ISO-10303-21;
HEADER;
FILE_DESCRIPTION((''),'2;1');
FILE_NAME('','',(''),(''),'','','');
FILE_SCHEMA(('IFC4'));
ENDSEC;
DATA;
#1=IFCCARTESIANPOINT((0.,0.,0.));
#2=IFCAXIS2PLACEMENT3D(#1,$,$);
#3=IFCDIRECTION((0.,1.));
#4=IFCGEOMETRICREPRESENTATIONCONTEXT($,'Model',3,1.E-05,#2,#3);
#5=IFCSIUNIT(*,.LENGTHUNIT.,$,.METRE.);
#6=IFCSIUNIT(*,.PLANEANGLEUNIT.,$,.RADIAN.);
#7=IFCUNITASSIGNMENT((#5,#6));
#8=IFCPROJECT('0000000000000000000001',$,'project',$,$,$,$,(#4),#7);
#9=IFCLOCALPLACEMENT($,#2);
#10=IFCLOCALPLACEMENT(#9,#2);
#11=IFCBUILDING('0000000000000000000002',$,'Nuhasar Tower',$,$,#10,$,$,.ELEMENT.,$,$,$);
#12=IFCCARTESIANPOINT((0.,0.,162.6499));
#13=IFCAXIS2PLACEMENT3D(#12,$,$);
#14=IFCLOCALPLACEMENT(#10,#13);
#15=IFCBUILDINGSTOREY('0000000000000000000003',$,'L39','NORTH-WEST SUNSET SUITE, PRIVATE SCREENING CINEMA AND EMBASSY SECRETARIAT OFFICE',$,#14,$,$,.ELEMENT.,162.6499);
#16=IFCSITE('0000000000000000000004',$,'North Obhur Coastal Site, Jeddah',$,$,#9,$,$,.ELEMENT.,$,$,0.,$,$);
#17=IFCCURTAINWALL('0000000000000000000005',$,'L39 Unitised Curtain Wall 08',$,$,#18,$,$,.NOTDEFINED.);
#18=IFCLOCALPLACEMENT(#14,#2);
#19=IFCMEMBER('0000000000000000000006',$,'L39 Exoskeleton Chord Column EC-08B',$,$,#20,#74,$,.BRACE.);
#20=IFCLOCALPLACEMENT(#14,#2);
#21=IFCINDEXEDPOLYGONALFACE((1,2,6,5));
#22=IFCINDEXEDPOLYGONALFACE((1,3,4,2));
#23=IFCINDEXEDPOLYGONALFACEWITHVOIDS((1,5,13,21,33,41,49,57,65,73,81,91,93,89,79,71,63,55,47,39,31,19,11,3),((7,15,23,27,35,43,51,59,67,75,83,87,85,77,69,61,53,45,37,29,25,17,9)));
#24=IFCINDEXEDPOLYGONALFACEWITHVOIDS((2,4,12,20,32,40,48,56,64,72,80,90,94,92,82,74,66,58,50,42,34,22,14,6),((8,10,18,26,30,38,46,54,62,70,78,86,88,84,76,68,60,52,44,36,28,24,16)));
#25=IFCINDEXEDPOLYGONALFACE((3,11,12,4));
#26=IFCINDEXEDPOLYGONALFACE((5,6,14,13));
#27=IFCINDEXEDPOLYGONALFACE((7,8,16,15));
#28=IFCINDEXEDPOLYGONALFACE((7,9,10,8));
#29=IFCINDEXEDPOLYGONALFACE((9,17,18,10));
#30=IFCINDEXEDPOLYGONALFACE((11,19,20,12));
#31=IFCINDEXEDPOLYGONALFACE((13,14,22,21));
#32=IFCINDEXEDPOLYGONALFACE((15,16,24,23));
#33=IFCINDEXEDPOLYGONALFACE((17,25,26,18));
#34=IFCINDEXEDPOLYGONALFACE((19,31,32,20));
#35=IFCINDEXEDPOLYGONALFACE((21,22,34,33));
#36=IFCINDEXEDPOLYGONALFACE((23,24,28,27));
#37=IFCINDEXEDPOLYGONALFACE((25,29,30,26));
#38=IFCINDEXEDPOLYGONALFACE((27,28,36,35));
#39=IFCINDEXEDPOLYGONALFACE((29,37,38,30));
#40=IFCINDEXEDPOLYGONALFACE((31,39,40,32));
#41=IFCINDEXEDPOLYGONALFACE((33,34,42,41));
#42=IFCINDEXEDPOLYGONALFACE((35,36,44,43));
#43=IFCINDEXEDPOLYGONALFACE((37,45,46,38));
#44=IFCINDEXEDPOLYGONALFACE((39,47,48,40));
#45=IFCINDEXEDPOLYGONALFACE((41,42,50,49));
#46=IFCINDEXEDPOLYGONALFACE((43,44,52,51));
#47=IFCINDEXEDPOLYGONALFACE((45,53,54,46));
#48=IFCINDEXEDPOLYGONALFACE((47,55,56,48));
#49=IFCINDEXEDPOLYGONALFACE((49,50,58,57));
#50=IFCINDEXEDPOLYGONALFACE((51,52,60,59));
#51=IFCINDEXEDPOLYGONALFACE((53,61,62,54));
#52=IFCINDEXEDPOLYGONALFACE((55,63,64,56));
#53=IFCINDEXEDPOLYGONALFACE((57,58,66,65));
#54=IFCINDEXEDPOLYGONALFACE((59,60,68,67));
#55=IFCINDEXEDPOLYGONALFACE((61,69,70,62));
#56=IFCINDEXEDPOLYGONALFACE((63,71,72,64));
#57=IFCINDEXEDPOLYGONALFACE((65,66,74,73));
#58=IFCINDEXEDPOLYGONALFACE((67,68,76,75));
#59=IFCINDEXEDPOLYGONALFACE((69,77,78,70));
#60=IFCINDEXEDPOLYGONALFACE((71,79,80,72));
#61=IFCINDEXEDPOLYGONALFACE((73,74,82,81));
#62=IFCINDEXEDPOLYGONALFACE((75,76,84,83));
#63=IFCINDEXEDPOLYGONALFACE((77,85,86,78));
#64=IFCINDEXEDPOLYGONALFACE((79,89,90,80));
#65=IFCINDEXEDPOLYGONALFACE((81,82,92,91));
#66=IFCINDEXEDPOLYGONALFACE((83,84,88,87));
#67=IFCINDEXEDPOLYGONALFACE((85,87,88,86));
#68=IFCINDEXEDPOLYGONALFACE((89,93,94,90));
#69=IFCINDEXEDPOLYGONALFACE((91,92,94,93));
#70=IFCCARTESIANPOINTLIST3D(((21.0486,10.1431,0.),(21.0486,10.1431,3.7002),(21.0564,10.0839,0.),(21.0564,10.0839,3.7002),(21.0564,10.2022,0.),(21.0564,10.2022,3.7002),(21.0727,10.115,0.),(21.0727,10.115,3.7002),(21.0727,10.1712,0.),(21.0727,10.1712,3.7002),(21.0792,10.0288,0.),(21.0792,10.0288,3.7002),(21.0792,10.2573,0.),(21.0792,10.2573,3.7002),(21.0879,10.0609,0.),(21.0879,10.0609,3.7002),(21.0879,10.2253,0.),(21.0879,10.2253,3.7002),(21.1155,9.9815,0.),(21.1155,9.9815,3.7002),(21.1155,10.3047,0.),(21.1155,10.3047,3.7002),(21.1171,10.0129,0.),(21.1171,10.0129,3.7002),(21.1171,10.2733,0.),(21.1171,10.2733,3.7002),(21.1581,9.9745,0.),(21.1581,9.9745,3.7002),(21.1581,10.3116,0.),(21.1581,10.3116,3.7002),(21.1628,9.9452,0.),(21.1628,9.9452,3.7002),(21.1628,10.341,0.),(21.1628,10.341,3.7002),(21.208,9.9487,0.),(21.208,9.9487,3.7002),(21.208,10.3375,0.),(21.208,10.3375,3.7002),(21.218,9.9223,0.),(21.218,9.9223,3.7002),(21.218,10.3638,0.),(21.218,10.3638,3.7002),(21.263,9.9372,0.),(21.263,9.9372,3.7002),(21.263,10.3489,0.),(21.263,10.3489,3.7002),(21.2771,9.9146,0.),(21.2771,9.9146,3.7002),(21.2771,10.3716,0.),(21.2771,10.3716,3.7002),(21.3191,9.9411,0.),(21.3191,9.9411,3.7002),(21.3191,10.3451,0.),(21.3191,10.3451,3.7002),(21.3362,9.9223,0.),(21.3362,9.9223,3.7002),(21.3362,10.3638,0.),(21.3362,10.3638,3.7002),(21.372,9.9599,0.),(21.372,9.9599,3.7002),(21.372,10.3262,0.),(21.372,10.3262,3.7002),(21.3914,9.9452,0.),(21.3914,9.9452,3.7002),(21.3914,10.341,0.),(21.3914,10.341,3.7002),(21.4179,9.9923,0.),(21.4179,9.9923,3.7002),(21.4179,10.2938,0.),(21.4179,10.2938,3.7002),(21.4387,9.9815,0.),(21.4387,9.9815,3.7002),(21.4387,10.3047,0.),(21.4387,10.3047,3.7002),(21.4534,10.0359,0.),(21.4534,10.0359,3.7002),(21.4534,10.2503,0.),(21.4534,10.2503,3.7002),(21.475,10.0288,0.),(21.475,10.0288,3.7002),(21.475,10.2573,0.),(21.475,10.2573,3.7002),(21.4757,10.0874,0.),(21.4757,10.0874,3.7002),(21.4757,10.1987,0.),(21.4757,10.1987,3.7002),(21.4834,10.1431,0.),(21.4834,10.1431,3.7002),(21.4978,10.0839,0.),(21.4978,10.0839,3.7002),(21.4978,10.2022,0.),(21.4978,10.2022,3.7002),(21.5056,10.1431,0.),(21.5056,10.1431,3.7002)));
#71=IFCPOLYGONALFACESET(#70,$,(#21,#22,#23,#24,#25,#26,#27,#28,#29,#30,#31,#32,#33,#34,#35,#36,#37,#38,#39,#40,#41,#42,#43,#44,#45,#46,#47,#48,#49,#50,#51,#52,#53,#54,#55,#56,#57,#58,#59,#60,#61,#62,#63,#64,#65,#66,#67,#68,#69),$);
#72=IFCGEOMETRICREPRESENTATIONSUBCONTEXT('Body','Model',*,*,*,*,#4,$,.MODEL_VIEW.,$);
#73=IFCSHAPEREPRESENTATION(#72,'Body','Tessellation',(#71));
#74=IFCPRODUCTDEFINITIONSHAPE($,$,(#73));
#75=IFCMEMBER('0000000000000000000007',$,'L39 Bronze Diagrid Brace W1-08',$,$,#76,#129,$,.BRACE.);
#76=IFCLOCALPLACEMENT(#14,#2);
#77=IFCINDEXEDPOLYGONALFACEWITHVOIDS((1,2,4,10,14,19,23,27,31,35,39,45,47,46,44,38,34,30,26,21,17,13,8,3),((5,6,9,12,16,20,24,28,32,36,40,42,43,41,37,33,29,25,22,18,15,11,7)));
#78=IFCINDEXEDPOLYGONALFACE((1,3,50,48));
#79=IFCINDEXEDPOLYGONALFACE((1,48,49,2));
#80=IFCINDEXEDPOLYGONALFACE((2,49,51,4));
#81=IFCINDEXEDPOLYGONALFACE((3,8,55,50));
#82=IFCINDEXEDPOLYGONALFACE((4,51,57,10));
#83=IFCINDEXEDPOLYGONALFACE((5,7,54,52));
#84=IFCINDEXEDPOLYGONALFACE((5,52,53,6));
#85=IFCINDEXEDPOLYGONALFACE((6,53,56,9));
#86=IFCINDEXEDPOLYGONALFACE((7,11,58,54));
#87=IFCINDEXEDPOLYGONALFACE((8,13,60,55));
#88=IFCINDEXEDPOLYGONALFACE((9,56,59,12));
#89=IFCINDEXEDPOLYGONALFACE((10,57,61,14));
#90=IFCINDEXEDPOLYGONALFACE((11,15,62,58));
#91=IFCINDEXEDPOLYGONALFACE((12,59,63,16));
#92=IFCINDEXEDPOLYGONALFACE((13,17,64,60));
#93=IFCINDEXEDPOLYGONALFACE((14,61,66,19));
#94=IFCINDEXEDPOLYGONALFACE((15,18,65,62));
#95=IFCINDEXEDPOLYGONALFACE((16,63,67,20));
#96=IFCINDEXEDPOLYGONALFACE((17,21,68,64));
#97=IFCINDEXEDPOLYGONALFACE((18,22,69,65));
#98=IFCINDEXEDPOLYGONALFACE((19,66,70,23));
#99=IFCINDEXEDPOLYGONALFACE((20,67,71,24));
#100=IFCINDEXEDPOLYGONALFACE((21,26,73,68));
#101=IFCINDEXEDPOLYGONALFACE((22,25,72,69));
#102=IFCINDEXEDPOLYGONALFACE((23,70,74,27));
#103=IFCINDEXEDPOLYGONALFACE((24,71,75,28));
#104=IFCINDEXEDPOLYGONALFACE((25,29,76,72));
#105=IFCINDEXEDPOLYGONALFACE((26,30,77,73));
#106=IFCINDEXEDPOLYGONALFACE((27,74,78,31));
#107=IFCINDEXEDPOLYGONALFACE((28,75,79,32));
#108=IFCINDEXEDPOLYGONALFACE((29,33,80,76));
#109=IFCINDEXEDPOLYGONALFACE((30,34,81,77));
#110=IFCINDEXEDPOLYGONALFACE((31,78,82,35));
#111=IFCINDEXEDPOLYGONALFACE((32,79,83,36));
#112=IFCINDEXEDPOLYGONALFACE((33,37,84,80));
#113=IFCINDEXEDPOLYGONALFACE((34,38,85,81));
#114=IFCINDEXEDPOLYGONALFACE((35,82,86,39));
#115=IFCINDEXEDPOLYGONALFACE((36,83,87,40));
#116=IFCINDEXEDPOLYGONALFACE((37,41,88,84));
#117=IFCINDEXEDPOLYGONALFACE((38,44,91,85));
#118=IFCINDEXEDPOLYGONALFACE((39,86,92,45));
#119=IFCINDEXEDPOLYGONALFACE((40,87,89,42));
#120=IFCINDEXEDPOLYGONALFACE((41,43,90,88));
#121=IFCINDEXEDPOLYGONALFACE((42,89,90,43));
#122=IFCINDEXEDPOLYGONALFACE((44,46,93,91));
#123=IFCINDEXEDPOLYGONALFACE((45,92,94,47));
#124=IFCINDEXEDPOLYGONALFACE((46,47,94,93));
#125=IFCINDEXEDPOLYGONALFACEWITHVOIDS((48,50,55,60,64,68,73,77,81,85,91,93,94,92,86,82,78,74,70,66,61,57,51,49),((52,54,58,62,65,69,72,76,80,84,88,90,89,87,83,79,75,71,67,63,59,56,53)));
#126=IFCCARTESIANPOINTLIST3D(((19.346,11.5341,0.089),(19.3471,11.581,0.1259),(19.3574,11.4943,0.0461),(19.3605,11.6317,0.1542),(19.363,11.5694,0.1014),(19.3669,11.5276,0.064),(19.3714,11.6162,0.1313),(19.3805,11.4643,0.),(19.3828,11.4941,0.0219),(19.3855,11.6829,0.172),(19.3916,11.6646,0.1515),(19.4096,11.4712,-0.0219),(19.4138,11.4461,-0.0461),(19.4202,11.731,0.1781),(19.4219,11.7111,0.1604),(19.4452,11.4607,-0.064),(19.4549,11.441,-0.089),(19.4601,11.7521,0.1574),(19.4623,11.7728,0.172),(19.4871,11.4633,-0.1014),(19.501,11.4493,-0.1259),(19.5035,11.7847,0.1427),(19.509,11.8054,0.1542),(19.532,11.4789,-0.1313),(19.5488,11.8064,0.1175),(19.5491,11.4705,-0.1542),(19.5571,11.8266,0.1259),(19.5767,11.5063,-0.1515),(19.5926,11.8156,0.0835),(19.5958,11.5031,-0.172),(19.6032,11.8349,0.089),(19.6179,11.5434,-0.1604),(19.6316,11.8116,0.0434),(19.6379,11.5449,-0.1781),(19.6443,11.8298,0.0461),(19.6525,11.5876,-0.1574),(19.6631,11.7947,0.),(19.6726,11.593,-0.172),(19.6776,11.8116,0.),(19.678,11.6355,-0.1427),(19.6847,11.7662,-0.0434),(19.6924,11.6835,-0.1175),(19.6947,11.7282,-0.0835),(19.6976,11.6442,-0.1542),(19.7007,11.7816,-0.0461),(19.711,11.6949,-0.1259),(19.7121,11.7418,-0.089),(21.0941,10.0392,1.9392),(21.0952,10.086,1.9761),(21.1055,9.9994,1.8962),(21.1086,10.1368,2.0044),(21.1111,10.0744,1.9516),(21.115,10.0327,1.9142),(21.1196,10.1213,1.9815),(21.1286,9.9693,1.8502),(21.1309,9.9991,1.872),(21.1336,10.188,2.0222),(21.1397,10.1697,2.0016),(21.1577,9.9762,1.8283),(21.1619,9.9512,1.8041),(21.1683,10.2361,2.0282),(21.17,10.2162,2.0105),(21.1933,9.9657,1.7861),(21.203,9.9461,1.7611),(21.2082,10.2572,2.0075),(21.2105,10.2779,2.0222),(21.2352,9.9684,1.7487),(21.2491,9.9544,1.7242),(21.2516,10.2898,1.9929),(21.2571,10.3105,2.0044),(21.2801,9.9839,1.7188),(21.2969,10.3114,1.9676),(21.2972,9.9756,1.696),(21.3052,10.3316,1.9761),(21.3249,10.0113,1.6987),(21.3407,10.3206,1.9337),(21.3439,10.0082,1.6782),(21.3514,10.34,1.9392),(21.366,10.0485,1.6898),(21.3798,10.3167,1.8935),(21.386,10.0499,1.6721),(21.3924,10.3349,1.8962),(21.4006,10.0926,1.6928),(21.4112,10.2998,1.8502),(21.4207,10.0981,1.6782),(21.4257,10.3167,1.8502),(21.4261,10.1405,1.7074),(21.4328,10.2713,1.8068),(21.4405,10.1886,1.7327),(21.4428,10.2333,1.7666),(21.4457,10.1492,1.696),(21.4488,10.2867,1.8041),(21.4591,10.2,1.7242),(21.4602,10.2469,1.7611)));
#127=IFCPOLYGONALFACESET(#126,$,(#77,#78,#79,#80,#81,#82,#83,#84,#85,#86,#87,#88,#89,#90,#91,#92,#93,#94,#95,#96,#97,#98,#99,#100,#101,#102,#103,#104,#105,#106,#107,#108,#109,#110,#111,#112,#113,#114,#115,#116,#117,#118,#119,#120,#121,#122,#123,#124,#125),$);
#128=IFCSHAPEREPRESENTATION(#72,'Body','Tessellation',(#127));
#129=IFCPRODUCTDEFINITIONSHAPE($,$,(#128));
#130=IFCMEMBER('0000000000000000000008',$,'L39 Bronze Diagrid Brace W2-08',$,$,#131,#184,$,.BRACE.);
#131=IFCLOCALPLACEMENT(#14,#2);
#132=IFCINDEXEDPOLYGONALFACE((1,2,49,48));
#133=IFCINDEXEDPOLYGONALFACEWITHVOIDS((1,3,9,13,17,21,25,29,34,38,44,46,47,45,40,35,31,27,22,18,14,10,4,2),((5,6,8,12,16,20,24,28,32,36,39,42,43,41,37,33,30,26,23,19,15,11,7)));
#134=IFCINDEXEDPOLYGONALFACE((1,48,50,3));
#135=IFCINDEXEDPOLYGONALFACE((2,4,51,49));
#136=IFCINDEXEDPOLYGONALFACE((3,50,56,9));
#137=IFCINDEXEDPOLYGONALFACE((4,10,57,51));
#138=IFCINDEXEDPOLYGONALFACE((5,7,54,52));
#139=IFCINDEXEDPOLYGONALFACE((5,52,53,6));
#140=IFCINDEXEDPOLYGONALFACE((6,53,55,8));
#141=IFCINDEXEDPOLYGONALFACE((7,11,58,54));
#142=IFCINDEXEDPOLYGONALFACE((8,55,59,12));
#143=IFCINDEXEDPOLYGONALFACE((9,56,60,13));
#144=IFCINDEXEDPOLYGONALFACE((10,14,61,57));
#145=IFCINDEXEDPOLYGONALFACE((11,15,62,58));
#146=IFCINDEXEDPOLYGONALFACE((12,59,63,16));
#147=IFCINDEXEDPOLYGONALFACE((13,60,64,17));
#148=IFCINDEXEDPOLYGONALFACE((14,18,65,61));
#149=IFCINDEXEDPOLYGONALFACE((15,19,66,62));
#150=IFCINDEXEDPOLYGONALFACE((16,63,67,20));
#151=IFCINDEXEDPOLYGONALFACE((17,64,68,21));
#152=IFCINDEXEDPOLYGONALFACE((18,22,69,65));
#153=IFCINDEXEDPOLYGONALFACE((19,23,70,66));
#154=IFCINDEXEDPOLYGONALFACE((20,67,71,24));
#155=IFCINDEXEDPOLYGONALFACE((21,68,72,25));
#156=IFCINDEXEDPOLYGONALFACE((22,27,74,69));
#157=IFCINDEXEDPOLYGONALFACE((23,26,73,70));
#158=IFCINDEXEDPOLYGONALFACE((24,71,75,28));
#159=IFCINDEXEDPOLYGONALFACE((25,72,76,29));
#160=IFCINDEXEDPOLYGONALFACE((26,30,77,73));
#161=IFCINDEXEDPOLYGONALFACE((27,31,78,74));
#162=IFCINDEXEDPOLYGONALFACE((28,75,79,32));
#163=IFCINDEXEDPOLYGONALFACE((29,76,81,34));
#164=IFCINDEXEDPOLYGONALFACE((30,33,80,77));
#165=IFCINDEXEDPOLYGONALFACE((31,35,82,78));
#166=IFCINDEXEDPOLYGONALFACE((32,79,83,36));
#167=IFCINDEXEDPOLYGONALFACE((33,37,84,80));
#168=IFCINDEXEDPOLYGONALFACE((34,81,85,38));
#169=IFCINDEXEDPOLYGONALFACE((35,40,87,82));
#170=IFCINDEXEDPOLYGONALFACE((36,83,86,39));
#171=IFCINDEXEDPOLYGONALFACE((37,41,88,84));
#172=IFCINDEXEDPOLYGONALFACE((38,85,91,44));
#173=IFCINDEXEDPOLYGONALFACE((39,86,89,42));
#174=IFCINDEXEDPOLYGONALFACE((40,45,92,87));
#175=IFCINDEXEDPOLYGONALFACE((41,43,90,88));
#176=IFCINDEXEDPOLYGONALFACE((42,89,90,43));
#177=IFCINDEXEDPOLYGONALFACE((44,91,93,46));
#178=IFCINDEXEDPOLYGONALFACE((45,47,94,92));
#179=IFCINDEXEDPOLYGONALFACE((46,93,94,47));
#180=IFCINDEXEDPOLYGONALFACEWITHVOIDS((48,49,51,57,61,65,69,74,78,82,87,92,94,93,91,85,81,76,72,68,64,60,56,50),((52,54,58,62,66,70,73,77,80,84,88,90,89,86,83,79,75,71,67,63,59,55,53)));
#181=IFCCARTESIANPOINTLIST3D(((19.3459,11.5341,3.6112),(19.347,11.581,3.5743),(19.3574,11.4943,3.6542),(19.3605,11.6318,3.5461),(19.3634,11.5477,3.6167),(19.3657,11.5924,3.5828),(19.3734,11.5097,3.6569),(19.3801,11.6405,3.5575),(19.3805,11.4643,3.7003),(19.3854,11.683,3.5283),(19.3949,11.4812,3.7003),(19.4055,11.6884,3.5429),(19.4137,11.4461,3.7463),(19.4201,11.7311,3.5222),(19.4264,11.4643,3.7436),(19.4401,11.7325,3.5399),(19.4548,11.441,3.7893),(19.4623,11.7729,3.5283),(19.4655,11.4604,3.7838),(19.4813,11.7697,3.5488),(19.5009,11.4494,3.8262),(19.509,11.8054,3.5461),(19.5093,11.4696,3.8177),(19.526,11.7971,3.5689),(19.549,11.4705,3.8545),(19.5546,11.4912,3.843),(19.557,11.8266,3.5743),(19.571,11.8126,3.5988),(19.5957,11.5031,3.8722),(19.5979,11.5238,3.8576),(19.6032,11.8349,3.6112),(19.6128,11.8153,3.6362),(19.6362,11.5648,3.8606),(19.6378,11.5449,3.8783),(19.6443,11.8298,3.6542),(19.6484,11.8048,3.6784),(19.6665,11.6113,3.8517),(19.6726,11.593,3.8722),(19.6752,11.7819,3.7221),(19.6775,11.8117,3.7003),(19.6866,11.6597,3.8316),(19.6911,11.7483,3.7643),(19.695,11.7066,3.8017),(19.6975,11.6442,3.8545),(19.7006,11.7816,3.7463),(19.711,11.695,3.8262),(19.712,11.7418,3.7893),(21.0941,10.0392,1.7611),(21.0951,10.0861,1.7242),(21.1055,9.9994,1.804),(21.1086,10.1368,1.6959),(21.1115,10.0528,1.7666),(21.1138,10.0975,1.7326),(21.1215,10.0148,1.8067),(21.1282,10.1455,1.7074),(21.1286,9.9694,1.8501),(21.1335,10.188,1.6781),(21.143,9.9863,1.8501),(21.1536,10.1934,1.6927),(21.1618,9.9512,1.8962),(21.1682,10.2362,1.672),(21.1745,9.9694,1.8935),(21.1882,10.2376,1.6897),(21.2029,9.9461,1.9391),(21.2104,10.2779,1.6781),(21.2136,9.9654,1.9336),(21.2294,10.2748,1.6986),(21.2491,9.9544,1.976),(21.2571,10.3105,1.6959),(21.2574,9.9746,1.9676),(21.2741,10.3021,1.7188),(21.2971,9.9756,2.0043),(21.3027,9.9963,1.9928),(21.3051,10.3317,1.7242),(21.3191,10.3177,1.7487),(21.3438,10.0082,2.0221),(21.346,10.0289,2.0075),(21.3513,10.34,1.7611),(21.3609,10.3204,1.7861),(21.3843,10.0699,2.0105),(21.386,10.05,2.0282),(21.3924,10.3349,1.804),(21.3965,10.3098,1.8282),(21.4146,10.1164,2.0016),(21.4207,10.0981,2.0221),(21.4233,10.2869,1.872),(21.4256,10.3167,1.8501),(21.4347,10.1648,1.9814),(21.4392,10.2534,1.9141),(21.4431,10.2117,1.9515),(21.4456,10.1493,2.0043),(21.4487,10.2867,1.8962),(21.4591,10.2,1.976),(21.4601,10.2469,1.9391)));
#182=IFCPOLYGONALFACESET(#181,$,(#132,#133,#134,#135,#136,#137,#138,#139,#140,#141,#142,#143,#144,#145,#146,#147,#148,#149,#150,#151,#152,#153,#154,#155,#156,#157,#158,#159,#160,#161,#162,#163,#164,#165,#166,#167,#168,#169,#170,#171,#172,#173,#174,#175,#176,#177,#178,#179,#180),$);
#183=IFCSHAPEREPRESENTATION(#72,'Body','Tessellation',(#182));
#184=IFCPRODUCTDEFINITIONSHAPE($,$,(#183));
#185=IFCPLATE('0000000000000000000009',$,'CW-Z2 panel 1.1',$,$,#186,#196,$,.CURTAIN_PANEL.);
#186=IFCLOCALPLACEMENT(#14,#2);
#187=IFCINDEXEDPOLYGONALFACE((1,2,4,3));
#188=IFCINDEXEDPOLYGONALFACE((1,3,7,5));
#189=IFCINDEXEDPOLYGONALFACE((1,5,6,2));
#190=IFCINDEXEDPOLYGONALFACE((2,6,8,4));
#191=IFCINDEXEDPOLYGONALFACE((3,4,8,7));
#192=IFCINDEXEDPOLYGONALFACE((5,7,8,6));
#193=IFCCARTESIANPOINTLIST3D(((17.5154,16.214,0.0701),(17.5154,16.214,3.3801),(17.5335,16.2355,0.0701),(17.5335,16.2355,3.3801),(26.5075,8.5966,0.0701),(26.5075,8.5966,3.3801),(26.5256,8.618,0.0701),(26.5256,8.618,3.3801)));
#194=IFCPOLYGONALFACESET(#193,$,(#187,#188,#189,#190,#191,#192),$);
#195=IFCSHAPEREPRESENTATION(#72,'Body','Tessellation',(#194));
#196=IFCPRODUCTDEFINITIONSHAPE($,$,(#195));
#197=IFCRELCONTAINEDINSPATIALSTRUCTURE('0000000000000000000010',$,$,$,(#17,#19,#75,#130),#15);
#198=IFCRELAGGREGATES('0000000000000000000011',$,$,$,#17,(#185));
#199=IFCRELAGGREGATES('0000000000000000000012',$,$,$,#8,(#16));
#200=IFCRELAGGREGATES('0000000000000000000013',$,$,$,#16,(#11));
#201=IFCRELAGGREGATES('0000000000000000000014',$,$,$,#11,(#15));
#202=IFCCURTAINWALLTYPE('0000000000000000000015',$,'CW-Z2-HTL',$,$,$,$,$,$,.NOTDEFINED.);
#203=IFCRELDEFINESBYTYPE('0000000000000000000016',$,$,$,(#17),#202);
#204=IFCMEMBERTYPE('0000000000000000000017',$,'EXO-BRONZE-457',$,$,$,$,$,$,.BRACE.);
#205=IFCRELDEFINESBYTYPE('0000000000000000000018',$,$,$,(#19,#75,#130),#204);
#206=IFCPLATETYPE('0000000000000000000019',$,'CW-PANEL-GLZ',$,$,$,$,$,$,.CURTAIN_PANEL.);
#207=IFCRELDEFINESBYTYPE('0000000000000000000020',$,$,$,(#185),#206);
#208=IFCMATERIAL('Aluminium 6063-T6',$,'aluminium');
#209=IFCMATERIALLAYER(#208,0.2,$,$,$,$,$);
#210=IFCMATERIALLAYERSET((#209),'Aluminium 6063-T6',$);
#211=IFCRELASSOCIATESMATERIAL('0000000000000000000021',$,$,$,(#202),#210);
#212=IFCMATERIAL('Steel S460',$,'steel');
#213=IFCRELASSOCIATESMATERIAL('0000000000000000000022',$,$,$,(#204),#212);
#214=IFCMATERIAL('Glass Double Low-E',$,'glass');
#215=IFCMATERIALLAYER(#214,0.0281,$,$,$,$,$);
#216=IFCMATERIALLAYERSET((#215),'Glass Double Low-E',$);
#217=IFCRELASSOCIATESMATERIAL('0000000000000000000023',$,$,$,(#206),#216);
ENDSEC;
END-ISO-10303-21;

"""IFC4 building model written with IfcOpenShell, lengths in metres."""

from ifc_helpers import new_model, si_unit, direction, frame, origin, origin_2d, place, context, subcontext, project, spatial, rectangle, hollow_circle, extrude, material, layer, layer_set, material_profile, profile_set, type_object, element, aggregate, save


model = new_model("IFC4")

# Units and contexts
model_context = context("Model", 3, precision=1e-05, world=origin(), true_north=direction((0.0, 1.0)))
body_context = subcontext(model_context, "Body", "Model", "MODEL_VIEW")
ifc_project = project(units=[si_unit("LENGTHUNIT", "METRE"), si_unit("PLANEANGLEUNIT", "RADIAN")], contexts=[model_context])

# Site, building, storey
site_placement = place(None, origin())
site = spatial("IfcSite", under=ifc_project, at=site_placement, Name="North Obhur Coastal Site, Jeddah", CompositionType="ELEMENT", RefElevation=0.0)
building_placement = place(site_placement, origin())
building = spatial("IfcBuilding", under=site, at=building_placement, Name="Nuhasar Tower", CompositionType="ELEMENT")
storey_placement = place(building_placement, frame((0.0, 0.0, 162.6499)))
storey = spatial("IfcBuildingStorey", under=building, at=storey_placement, Name="L39", Description="NORTH-WEST SUNSET SUITE, PRIVATE SCREENING CINEMA AND EMBASSY SECRETARIAT OFFICE", CompositionType="ELEMENT", Elevation=162.6499)

# Curtain wall
ifc_material_1 = material(Name="Aluminium 6063-T6", Category="aluminium")
ifc_layer_1 = layer(ifc_material_1, 0.2)
ifc_layer_set_1 = layer_set([ifc_layer_1], Name="Aluminium 6063-T6")
curtain_wall_type = type_object("IfcCurtainWallType", Name="CW-Z2-HTL", PredefinedType="NOTDEFINED", material=ifc_layer_set_1)
curtain_wall_1_placement = place(storey_placement, origin())
curtain_wall_1 = element("IfcCurtainWall", 1, at=curtain_wall_1_placement, inside=storey, type_object=curtain_wall_type, Name="L39 Unitised Curtain Wall 08", PredefinedType="NOTDEFINED")

# Members
ifc_material_2 = material(Name="Steel S460", Category="steel")
ifc_material_profile_1 = material_profile(ifc_material_2, hollow_circle(Radius=0.2285, WallThickness=0.0222, at=origin_2d()), Name="HSS457X22.2")
ifc_profile_set_1 = profile_set([ifc_material_profile_1], Name="Steel S460")
member_type_1 = type_object("IfcMemberType", Name="EXO-BRONZE-457", PredefinedType="BRACE", material=ifc_profile_set_1)
for number, where, z_axis, x_axis, name in (
    (2, (21.2771, 10.1431, 0.0), (0.0, 0.0, 1.0), (1.0, 0.0, 0.0), "L39 Exoskeleton Chord Column EC-08B"),
):
    element("IfcMember", number, at=place(storey_placement, frame(where, z_axis=z_axis, x_axis=x_axis)), inside=storey, type_object=member_type_1, Name=name, PredefinedType="BRACE", context=body_context, shape_type="SweptSolid", body=[
        extrude(hollow_circle(Radius=0.2285, WallThickness=0.0222, at=origin_2d()), origin(), (0.0, 0.0, 1.0), 3.7002),
    ])
for number, where, z_axis, x_axis, name in (
    (3, (19.5291, 11.6379, 0.0), (0.592195, -0.506426, 0.626767), (0.649926, 0.759998, 0.0), "L39 Bronze Diagrid Brace W1-08"),
    (4, (21.2771, 10.1431, 1.8501), (-0.592195, 0.506426, 0.626767), (-0.649926, -0.759998, 0.0), "L39 Bronze Diagrid Brace W2-08"),
):
    element("IfcMember", number, at=place(storey_placement, frame(where, z_axis=z_axis, x_axis=x_axis)), inside=storey, type_object=member_type_1, Name=name, PredefinedType="BRACE", context=body_context, shape_type="SweptSolid", body=[
        extrude(hollow_circle(Radius=0.2285, WallThickness=0.0222, at=origin_2d()), origin(), (0.0, 0.0, 1.0), 2.9519),
    ])

# Plate
ifc_material_3 = material(Name="Glass Double Low-E", Category="glass")
ifc_layer_2 = layer(ifc_material_3, 0.0281)
ifc_layer_set_2 = layer_set([ifc_layer_2], Name="Glass Double Low-E")
plate_type = type_object("IfcPlateType", Name="CW-PANEL-GLZ", PredefinedType="CURTAIN_PANEL", material=ifc_layer_set_2)
plate_placement = place(storey_placement, frame((22.0205, 12.416, 0.0701), z_axis=(0.0, 0.0, 1.0), x_axis=(0.76302, -0.646374, 0.0)))
plate = element("IfcPlate", 5, at=plate_placement, type_object=plate_type, Name="CW-Z2 panel 1.1", PredefinedType="CURTAIN_PANEL", context=body_context, shape_type="SweptSolid", body=[
    extrude(rectangle(XDim=11.7849, YDim=0.0281, at=origin_2d()), origin(), (0.0, 0.0, 1.0), 3.3101),
])
aggregate(curtain_wall_1, [plate])

save(model, "model.ifc")
